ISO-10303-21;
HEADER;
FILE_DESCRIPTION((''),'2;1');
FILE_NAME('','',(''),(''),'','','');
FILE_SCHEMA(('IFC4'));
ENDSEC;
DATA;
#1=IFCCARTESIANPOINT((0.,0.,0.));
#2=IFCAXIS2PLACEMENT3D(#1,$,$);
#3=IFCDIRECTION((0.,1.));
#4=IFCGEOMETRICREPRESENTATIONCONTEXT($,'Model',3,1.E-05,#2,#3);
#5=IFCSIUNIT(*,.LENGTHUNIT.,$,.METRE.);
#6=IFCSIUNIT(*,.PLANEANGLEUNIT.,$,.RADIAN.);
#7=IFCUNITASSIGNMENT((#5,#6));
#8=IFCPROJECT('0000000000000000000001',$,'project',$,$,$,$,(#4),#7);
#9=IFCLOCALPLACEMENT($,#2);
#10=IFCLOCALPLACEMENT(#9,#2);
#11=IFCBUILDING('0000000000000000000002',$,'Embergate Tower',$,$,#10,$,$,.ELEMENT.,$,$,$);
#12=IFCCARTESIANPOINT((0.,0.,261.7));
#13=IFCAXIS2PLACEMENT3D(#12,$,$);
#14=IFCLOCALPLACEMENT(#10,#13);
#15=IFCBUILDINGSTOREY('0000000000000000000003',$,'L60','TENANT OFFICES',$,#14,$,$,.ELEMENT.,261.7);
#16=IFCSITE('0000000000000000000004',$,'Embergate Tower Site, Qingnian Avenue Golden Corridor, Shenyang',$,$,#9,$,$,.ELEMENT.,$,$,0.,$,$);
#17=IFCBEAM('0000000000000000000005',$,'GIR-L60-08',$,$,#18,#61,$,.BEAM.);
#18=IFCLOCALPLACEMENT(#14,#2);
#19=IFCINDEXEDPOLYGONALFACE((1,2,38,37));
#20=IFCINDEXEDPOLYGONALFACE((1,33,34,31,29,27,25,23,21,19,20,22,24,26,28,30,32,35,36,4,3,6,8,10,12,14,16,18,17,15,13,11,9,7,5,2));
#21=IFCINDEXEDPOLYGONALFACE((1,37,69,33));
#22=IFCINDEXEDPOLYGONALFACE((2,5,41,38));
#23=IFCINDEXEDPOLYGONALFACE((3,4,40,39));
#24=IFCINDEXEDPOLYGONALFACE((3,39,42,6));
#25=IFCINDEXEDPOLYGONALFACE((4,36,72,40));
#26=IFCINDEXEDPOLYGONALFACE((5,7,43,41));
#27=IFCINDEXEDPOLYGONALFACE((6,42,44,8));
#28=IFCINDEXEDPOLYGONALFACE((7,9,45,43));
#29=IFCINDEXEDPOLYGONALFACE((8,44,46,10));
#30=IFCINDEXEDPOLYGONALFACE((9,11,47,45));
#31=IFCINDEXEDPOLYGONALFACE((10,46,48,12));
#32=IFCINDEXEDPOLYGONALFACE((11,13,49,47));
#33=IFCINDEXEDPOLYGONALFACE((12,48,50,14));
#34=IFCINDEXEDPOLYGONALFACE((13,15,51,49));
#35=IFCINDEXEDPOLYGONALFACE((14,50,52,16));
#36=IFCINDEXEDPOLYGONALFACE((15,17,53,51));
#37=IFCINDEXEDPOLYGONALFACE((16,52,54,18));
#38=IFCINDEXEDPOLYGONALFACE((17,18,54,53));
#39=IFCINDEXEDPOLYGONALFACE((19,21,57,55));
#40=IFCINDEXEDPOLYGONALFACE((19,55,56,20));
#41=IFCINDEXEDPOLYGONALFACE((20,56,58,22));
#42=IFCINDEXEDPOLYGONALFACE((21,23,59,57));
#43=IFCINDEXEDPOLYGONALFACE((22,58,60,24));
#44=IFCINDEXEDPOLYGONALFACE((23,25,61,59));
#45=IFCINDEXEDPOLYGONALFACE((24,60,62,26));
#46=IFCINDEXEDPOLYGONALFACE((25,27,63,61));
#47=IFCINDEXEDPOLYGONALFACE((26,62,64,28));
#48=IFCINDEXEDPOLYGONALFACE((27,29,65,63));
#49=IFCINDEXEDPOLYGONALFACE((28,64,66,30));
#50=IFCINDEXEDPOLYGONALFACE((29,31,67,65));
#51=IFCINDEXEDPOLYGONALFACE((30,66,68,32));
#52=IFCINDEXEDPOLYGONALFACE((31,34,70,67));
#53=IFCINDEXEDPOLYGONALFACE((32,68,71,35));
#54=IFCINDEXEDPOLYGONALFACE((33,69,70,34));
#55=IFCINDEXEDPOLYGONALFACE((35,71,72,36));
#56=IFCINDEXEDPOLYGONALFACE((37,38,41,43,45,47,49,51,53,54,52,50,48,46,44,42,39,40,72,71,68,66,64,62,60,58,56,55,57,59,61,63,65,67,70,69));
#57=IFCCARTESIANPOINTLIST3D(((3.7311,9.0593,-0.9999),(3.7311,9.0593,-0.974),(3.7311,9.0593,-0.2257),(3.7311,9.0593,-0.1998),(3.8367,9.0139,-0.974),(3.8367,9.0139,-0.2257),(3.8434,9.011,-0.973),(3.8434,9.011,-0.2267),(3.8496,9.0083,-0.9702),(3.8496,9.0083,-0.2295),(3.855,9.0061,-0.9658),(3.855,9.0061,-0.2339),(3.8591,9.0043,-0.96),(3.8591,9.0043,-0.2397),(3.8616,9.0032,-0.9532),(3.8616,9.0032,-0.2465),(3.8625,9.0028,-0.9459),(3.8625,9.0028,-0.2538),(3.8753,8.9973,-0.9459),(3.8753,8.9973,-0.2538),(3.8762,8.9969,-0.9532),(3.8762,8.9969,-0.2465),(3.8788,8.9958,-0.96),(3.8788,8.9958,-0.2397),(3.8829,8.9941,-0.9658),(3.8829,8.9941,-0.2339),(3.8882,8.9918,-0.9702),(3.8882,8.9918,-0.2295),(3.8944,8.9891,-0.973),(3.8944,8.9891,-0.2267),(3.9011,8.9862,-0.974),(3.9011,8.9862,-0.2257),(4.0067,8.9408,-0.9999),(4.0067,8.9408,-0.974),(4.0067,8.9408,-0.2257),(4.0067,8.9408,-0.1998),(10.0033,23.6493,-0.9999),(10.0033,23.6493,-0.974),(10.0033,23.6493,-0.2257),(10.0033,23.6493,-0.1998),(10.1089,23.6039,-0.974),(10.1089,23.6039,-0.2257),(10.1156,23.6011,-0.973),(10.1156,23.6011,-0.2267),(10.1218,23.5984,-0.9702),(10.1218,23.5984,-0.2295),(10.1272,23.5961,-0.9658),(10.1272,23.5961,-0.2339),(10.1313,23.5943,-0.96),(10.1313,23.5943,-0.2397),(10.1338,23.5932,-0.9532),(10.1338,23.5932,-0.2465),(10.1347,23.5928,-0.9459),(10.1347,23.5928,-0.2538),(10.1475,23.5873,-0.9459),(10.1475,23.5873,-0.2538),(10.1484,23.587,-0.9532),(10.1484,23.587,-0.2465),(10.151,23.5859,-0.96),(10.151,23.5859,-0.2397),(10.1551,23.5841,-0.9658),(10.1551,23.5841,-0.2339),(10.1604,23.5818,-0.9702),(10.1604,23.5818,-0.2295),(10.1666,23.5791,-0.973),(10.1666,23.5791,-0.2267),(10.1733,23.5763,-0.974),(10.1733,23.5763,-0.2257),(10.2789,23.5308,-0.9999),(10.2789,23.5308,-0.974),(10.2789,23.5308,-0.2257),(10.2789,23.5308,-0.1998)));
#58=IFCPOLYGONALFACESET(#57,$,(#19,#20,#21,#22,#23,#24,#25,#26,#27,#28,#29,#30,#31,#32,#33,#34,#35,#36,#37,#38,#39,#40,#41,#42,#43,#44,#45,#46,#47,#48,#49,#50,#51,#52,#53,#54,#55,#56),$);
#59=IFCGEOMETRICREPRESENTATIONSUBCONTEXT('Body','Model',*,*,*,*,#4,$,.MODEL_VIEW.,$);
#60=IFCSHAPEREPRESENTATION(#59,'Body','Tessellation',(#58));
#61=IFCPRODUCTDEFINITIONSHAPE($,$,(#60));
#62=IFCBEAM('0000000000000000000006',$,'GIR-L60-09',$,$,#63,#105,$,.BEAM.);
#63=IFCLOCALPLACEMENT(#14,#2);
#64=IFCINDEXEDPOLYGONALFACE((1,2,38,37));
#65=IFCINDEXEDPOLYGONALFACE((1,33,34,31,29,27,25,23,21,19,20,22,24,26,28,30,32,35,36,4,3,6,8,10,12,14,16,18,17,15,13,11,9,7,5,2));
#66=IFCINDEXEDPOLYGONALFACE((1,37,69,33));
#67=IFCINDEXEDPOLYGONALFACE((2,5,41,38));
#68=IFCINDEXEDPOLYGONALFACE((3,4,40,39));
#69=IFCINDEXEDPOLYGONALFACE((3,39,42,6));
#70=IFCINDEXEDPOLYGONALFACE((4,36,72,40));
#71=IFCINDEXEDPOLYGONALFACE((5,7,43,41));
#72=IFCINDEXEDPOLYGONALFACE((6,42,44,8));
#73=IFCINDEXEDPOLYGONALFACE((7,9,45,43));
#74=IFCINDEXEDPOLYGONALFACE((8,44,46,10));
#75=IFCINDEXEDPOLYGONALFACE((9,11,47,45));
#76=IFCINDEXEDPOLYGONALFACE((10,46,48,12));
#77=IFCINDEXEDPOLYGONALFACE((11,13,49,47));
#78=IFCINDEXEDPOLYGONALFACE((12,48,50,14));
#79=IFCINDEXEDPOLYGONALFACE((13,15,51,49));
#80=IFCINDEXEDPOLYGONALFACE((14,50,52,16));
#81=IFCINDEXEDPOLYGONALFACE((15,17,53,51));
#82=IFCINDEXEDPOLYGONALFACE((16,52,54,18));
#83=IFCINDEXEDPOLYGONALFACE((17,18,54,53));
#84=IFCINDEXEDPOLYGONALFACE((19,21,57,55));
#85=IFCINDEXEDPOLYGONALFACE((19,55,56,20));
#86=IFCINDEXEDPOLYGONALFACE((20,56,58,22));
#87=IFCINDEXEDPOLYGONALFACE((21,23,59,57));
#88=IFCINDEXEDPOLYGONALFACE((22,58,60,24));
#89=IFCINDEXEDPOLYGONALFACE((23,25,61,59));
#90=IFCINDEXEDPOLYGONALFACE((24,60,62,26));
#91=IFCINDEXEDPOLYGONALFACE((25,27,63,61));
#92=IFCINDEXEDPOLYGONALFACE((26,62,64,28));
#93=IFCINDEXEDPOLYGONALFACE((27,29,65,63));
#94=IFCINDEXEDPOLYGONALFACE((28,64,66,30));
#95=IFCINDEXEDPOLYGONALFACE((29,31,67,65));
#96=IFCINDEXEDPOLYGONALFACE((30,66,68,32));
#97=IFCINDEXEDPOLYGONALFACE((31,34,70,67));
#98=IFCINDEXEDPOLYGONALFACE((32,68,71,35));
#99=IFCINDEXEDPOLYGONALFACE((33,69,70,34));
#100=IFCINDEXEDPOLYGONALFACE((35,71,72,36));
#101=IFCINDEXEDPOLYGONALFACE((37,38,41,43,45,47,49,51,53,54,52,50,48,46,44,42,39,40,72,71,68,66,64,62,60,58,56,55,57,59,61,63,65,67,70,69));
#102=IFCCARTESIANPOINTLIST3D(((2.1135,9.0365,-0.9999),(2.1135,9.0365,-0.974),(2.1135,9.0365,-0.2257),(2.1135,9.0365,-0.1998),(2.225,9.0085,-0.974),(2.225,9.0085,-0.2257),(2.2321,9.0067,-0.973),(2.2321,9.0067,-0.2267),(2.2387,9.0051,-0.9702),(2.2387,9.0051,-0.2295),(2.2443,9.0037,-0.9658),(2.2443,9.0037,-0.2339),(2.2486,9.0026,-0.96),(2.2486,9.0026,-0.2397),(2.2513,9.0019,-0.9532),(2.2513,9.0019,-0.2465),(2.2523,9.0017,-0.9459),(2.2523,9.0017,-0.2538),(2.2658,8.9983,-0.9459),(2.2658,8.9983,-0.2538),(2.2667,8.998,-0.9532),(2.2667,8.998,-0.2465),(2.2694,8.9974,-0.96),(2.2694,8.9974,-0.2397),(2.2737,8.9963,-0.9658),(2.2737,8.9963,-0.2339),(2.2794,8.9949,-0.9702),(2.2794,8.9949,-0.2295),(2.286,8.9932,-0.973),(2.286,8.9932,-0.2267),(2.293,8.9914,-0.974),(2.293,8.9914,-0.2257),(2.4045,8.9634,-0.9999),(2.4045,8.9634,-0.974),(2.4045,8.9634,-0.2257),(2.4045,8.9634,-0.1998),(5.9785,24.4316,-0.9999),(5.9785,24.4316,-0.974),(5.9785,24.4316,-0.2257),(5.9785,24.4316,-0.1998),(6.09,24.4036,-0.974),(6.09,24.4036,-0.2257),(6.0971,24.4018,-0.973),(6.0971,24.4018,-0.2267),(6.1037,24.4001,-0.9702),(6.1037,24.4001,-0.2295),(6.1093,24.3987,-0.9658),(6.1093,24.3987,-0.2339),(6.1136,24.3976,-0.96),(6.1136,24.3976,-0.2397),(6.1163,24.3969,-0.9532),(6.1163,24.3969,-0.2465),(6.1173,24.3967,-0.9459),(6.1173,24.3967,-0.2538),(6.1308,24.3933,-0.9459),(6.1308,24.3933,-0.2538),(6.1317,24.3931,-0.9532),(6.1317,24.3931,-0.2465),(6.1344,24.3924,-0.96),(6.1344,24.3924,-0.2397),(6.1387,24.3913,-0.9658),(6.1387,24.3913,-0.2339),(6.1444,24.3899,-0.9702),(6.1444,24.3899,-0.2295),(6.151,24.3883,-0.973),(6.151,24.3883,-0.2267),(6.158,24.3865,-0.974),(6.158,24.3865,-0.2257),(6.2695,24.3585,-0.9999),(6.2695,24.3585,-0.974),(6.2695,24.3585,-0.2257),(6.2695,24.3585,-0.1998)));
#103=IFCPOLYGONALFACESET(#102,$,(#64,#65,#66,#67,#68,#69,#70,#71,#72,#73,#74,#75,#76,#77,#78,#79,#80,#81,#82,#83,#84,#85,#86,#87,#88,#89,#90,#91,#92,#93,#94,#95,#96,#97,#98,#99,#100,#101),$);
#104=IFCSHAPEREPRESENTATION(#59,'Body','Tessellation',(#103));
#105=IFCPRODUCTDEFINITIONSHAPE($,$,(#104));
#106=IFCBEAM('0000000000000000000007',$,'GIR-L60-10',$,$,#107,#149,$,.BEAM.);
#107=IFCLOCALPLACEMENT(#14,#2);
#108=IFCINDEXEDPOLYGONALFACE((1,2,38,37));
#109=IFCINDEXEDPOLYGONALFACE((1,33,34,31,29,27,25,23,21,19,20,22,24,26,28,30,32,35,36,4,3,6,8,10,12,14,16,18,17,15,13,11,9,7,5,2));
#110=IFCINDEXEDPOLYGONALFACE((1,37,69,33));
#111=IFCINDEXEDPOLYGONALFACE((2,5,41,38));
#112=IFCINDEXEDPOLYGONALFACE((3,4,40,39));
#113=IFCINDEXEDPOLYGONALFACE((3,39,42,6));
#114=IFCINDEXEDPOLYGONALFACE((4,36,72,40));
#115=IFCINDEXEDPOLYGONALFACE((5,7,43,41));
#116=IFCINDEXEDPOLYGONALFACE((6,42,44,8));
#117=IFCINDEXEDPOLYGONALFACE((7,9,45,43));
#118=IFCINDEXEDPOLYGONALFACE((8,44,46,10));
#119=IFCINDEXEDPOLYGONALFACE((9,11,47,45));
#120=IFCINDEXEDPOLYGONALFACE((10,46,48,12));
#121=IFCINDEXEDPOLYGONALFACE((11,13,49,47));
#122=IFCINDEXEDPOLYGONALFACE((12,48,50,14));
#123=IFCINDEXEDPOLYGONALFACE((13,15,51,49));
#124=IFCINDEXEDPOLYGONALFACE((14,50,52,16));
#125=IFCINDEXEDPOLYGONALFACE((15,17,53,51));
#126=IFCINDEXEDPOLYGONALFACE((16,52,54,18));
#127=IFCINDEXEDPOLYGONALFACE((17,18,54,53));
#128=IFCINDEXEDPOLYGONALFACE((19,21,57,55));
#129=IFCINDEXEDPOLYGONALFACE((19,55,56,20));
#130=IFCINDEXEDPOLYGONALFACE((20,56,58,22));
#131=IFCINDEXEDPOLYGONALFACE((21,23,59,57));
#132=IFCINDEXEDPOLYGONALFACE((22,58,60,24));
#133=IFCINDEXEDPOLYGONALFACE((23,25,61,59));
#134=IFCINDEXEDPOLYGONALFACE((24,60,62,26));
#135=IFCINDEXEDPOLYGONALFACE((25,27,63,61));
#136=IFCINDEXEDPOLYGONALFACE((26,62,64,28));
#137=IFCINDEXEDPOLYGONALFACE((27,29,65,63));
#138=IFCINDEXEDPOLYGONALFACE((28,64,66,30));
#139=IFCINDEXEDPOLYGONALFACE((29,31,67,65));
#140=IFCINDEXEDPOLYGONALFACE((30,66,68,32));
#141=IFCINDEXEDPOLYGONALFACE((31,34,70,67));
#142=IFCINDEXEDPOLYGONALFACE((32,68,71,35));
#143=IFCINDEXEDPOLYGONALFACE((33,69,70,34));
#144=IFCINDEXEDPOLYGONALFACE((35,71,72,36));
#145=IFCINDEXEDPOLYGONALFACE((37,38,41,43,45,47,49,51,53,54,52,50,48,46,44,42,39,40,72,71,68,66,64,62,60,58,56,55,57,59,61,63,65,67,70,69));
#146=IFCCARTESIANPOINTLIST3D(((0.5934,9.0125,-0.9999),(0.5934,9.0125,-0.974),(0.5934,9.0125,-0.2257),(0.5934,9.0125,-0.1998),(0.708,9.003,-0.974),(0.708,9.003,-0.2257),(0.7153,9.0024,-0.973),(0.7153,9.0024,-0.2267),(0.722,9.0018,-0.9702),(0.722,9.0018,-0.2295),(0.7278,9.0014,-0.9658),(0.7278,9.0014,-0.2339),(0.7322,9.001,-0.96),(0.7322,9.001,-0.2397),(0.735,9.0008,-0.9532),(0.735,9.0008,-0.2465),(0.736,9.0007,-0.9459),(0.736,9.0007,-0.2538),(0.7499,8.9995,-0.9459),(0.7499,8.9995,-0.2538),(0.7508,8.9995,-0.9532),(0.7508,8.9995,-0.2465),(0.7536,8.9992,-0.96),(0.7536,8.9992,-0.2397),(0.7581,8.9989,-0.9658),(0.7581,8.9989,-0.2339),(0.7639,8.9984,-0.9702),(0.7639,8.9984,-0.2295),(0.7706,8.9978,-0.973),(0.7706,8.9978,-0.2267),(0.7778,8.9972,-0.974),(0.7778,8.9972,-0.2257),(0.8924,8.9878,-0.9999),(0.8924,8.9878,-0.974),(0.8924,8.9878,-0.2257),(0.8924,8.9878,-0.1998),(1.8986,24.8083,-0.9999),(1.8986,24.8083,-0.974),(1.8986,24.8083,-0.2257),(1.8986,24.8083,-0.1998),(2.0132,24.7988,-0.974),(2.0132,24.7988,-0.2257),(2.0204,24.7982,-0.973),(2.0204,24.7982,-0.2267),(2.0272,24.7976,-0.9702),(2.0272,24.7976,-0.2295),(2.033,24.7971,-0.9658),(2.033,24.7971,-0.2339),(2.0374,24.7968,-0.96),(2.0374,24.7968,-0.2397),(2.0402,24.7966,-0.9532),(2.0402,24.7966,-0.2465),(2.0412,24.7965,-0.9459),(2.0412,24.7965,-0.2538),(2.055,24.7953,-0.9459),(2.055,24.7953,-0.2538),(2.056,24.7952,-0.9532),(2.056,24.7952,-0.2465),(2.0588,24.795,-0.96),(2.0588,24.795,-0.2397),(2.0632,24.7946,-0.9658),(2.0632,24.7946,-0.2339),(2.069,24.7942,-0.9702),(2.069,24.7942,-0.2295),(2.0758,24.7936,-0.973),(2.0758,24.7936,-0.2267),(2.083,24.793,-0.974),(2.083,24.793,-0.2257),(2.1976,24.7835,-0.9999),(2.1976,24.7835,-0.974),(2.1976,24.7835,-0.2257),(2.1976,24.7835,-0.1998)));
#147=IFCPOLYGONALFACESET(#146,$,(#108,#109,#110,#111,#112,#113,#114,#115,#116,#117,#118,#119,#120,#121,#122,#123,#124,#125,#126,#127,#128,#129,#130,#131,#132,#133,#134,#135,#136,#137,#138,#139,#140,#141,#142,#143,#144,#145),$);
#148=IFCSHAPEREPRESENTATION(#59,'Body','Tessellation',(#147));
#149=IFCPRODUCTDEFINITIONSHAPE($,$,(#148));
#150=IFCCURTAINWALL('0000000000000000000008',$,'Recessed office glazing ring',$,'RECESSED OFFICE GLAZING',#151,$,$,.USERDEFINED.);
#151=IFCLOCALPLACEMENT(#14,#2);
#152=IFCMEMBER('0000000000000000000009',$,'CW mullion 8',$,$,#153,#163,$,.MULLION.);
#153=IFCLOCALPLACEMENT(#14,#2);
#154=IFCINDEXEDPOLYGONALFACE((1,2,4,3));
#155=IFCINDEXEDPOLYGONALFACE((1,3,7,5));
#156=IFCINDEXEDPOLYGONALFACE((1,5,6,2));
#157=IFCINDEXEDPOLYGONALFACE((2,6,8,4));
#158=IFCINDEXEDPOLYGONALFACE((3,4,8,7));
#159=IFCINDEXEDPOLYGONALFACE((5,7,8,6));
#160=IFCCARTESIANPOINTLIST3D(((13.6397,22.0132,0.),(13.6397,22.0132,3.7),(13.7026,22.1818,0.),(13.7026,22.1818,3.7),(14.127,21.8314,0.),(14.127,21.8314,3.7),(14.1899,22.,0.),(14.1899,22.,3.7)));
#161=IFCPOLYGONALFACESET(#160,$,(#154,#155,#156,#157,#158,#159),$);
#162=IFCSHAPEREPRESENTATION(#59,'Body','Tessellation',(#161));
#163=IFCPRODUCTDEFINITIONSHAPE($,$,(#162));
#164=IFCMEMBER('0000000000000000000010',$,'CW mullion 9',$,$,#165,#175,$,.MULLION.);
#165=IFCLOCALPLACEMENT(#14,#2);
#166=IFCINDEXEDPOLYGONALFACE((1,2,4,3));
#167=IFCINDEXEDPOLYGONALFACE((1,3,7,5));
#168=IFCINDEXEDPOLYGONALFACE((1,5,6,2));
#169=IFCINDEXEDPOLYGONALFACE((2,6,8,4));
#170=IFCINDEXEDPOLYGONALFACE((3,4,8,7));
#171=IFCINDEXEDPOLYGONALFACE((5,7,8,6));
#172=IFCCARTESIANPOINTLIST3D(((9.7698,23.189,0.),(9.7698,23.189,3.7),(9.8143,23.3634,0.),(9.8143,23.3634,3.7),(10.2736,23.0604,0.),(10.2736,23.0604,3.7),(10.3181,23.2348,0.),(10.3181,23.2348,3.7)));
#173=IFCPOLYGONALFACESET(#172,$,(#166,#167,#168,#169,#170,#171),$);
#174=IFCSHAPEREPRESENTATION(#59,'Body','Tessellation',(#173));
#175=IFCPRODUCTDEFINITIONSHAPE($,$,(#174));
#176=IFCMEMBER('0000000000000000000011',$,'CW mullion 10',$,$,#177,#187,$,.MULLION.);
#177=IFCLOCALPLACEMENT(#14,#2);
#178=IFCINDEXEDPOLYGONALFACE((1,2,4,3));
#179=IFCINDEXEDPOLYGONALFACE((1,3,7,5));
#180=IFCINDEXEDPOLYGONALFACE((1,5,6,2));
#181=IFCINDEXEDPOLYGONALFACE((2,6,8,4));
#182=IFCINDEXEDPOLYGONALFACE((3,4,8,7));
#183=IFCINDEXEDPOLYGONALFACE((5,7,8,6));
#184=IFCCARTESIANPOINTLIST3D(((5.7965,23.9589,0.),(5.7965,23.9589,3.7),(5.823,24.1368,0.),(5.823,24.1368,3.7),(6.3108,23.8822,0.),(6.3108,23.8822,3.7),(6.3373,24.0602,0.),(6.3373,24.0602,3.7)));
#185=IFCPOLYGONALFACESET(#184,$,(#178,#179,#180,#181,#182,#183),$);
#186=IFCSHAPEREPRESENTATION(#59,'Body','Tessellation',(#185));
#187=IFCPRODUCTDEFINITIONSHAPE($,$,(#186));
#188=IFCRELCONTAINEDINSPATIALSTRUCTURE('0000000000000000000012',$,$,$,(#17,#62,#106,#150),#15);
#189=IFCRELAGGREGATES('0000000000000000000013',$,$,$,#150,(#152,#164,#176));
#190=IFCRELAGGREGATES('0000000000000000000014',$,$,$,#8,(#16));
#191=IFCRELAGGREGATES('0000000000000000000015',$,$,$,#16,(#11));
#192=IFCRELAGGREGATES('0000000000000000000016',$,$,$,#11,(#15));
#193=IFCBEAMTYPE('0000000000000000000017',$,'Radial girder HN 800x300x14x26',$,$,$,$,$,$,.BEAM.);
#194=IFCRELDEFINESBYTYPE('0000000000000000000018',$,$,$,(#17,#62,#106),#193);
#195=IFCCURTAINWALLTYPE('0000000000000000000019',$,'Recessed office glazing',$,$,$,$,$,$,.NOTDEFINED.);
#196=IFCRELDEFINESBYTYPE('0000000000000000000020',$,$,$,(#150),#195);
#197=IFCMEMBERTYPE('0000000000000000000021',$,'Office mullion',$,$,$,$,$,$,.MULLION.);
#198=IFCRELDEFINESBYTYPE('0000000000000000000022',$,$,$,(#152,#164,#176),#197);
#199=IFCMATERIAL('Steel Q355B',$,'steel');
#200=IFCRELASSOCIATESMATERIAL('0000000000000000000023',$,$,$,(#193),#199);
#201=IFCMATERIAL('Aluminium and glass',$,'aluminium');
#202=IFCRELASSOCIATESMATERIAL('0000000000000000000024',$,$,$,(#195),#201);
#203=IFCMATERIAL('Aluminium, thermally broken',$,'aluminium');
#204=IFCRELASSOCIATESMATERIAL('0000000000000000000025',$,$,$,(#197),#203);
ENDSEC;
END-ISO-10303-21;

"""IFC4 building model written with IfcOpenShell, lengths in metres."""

from ifc_helpers import new_model, si_unit, direction, frame, origin, origin_2d, place, context, subcontext, project, spatial, rectangle, i_section, extrude, source, transform, mapped, material, material_profile, profile_set, type_object, element, aggregate, save


model = new_model("IFC4")

# Units and contexts
model_context = context("Model", 3, precision=1e-05, world=origin(), true_north=direction((0.0, 1.0)))
body_context = subcontext(model_context, "Body", "Model", "MODEL_VIEW")
ifc_project = project(units=[si_unit("LENGTHUNIT", "METRE"), si_unit("PLANEANGLEUNIT", "RADIAN")], contexts=[model_context])

# Site, building, storey
site_placement = place(None, origin())
site = spatial("IfcSite", under=ifc_project, at=site_placement, Name="Embergate Tower Site, Qingnian Avenue Golden Corridor, Shenyang", CompositionType="ELEMENT", RefElevation=0.0)
building_placement = place(site_placement, origin())
building = spatial("IfcBuilding", under=site, at=building_placement, Name="Embergate Tower", CompositionType="ELEMENT")
storey_placement = place(building_placement, frame((0.0, 0.0, 261.7)))
storey = spatial("IfcBuildingStorey", under=building, at=storey_placement, Name="L60", Description="TENANT OFFICES", CompositionType="ELEMENT", Elevation=261.7)

# Beams
ifc_material_1 = material(Name="Steel Q355B", Category="steel")
ifc_material_profile_1 = material_profile(ifc_material_1, i_section(OverallWidth=0.3, OverallDepth=0.8, WebThickness=0.0139, FlangeThickness=0.0259, FilletRadius=0.0281, at=origin_2d()), Name="HN 800x300x14x26")
ifc_profile_set_1 = profile_set([ifc_material_profile_1], Name="Steel Q355 grade B")
beam_type_1 = type_object("IfcBeamType", Name="Radial girder HN 800x300x14x26", PredefinedType="BEAM", material=ifc_profile_set_1)
shared_shape_1 = source(origin(), body_context, "Body", "SweptSolid", [
    extrude(i_section(OverallWidth=0.3, OverallDepth=0.8, WebThickness=0.0139, FlangeThickness=0.0259, FilletRadius=0.0281, at=origin_2d()), origin(), (0.0, 0.0, 1.0), 15.8811),
])
beam_1_placement = place(storey_placement, frame((10.1411, 23.5901, -0.5999), z_axis=(-0.394947, -0.918704, 0.0), x_axis=(0.918704, -0.394947, 0.0)))
element("IfcBeam", 1, at=beam_1_placement, inside=storey, type_object=beam_type_1, Name="GIR-L60-08", PredefinedType="BEAM", context=body_context, shape_type="MappedRepresentation", body=[
    mapped(shared_shape_1, transform((0.0, 0.0, 0.0))),
])
shared_shape_2 = source(origin(), body_context, "Body", "SweptSolid", [
    extrude(i_section(OverallWidth=0.3, OverallDepth=0.8, WebThickness=0.0139, FlangeThickness=0.0259, FilletRadius=0.0281, at=origin_2d()), origin(), (0.0, 0.0, 1.0), 15.8728),
])
beam_2_placement = place(storey_placement, frame((6.124, 24.395, -0.5999), z_axis=(-0.243498, -0.969901, 0.0), x_axis=(0.969901, -0.243498, 0.0)))
element("IfcBeam", 2, at=beam_2_placement, inside=storey, type_object=beam_type_1, Name="GIR-L60-09", PredefinedType="BEAM", context=body_context, shape_type="MappedRepresentation", body=[
    mapped(shared_shape_2, transform((0.0, 0.0, 0.0))),
])
shared_shape_3 = source(origin(), body_context, "Body", "SweptSolid", [
    extrude(i_section(OverallWidth=0.3, OverallDepth=0.8, WebThickness=0.0139, FlangeThickness=0.0259, FilletRadius=0.0281, at=origin_2d()), origin(), (0.0, 0.0, 1.0), 15.8496),
])
beam_3_placement = place(storey_placement, frame((2.0481, 24.7959, -0.5999), z_axis=(-0.082347, -0.996604, 0.0), x_axis=(0.996604, -0.082347, 0.0)))
element("IfcBeam", 3, at=beam_3_placement, inside=storey, type_object=beam_type_1, Name="GIR-L60-10", PredefinedType="BEAM", context=body_context, shape_type="MappedRepresentation", body=[
    mapped(shared_shape_3, transform((0.0, 0.0, 0.0))),
])

# Curtain wall, members
ifc_material_2 = material(Name="Aluminium and glass", Category="aluminium")
curtain_wall_type = type_object("IfcCurtainWallType", Name="Recessed office glazing", PredefinedType="NOTDEFINED", material=ifc_material_2)
curtain_wall_placement = place(storey_placement, origin())
curtain_wall = element("IfcCurtainWall", 4, at=curtain_wall_placement, inside=storey, type_object=curtain_wall_type, Name="Recessed office glazing ring", ObjectType="RECESSED OFFICE GLAZING", PredefinedType="USERDEFINED")
ifc_material_3 = material(Name="Aluminium, thermally broken", Category="aluminium")
ifc_material_profile_2 = material_profile(ifc_material_3, rectangle(XDim=0.1799, YDim=0.52, at=origin_2d()), Name="AL 520x180")
ifc_profile_set_2 = profile_set([ifc_material_profile_2], Name="Aluminium, thermally broken")
member_type_1 = type_object("IfcMemberType", Name="Office mullion", PredefinedType="MULLION", material=ifc_profile_set_2)
shared_shape_4 = source(origin(), body_context, "Body", "SweptSolid", [
    extrude(rectangle(XDim=0.1799, YDim=0.52, at=origin_2d()), origin(), (0.0, 0.0, 1.0), 3.7),
])
member_1_placement = place(storey_placement, frame((13.9148, 22.0066, 0.0), z_axis=(0.0, 0.0, 1.0), x_axis=(-0.349498, -0.936937, 0.0)))
member_1 = element("IfcMember", 5, at=member_1_placement, type_object=member_type_1, Name="CW mullion 8", PredefinedType="MULLION", context=body_context, shape_type="MappedRepresentation", body=[
    mapped(shared_shape_4, transform((0.0, 0.0, 0.0))),
])
member_2_placement = place(storey_placement, frame((10.0439, 23.2119, 0.0), z_axis=(0.0, 0.0, 1.0), x_axis=(-0.247308, -0.968937, 0.0)))
member_2 = element("IfcMember", 6, at=member_2_placement, type_object=member_type_1, Name="CW mullion 9", PredefinedType="MULLION", context=body_context, shape_type="MappedRepresentation", body=[
    mapped(shared_shape_4, transform((0.0, 0.0, 0.0))),
])
member_3_placement = place(storey_placement, frame((6.0669, 24.0095, 0.0), z_axis=(0.0, 0.0, 1.0), x_axis=(-0.147411, -0.989075, 0.0)))
member_3 = element("IfcMember", 7, at=member_3_placement, type_object=member_type_1, Name="CW mullion 10", PredefinedType="MULLION", context=body_context, shape_type="MappedRepresentation", body=[
    mapped(shared_shape_4, transform((0.0, 0.0, 0.0))),
])
aggregate(curtain_wall, [member_1, member_2, member_3])

save(model, "model.ifc")
